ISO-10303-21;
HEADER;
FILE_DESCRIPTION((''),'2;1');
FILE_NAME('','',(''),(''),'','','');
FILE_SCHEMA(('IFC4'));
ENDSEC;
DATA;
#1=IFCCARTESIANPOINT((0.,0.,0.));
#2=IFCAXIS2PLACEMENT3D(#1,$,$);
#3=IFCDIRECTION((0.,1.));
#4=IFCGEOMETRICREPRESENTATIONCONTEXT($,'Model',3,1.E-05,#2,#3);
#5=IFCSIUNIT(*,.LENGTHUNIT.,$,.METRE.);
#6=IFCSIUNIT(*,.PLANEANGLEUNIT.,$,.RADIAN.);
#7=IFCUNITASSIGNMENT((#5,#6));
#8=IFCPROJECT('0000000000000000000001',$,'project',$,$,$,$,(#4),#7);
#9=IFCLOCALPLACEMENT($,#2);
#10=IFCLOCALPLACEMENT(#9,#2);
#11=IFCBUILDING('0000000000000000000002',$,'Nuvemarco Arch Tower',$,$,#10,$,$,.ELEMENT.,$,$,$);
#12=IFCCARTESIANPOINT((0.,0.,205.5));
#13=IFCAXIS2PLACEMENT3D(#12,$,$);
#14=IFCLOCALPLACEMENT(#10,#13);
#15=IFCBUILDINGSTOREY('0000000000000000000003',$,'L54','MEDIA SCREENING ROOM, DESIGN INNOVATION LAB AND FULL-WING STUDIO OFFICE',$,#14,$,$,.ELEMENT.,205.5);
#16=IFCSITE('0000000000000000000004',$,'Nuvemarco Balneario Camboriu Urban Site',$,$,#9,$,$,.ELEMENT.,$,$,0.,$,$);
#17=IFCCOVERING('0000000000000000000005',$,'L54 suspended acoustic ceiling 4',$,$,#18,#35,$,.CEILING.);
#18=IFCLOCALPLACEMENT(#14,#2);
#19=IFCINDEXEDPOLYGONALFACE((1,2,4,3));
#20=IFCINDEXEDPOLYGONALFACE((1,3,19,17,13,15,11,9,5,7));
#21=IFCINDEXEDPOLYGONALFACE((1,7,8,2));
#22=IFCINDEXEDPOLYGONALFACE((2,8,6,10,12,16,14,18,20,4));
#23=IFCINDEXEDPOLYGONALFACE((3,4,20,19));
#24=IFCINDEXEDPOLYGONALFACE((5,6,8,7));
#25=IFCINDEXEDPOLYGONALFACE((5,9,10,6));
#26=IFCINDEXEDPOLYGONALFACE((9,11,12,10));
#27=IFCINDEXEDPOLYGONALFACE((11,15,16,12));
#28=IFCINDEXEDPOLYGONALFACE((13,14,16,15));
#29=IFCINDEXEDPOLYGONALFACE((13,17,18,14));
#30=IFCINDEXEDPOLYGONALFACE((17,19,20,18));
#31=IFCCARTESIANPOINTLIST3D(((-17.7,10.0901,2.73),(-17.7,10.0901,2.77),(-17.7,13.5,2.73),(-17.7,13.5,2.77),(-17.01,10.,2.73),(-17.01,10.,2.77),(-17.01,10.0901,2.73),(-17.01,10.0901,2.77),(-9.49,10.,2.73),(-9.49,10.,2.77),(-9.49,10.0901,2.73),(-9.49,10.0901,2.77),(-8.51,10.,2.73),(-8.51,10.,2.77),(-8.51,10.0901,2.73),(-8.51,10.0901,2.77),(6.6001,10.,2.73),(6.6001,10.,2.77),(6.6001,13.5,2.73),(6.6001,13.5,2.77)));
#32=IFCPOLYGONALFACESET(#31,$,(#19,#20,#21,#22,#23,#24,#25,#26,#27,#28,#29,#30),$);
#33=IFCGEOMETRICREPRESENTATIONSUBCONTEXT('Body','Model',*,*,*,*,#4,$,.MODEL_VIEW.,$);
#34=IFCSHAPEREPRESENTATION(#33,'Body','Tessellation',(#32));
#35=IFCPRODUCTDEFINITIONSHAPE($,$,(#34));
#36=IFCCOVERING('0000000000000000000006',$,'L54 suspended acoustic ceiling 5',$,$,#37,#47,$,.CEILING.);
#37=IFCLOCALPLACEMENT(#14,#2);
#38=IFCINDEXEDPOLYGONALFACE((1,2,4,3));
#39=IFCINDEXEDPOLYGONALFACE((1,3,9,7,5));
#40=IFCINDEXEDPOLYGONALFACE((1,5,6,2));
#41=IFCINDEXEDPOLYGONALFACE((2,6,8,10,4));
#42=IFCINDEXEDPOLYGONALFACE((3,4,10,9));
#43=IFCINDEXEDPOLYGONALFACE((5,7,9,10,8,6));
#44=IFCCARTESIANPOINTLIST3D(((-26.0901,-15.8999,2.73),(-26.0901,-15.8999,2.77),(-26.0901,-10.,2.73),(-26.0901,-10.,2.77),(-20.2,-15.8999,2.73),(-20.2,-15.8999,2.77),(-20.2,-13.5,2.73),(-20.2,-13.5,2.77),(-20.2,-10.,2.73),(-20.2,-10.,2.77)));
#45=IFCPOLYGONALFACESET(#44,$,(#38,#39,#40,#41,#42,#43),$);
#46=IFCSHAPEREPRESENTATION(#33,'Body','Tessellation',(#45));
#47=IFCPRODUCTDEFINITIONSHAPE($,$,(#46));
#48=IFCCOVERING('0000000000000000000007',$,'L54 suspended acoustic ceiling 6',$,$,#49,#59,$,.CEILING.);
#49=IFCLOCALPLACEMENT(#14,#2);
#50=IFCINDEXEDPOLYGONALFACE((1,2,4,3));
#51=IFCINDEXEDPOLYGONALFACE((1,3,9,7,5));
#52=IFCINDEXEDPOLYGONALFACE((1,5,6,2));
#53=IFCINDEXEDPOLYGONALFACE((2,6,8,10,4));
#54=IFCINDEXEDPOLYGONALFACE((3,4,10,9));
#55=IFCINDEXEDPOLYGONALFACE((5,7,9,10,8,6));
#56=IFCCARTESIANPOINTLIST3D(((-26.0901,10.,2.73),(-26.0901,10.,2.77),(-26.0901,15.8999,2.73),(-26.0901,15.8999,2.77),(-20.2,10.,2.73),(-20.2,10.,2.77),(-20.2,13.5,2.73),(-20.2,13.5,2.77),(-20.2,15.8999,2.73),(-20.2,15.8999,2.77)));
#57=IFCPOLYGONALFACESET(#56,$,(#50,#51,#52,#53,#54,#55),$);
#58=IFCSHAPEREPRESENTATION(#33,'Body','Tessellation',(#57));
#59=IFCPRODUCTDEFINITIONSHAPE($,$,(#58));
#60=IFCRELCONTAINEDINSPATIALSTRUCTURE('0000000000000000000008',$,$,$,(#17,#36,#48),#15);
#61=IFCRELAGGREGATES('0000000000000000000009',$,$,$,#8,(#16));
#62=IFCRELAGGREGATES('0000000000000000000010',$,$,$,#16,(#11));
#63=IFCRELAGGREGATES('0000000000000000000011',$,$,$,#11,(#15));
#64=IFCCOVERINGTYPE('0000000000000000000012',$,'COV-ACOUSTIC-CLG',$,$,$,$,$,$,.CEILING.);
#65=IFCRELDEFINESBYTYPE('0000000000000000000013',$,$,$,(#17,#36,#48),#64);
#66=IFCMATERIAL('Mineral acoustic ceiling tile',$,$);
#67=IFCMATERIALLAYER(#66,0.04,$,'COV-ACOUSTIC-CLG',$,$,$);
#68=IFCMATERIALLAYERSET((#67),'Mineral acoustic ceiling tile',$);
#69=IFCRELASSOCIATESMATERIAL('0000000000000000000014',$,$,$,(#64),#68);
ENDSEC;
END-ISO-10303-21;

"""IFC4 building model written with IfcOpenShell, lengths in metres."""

from ifc_helpers import new_model, si_unit, direction, frame, origin, place, context, subcontext, project, spatial, polyline, outline, extrude, material, layer, layer_set, type_object, element, save


model = new_model("IFC4")

# Units and contexts
model_context = context("Model", 3, precision=1e-05, world=origin(), true_north=direction((0.0, 1.0)))
body_context = subcontext(model_context, "Body", "Model", "MODEL_VIEW")
ifc_project = project(units=[si_unit("LENGTHUNIT", "METRE"), si_unit("PLANEANGLEUNIT", "RADIAN")], contexts=[model_context])

# Site, building, storey
site_placement = place(None, origin())
site = spatial("IfcSite", under=ifc_project, at=site_placement, Name="Nuvemarco Balneario Camboriu Urban Site", CompositionType="ELEMENT", RefElevation=0.0)
building_placement = place(site_placement, origin())
building = spatial("IfcBuilding", under=site, at=building_placement, Name="Nuvemarco Arch Tower", CompositionType="ELEMENT")
storey_placement = place(building_placement, frame((0.0, 0.0, 205.5)))
storey = spatial("IfcBuildingStorey", under=building, at=storey_placement, Name="L54", Description="MEDIA SCREENING ROOM, DESIGN INNOVATION LAB AND FULL-WING STUDIO OFFICE", CompositionType="ELEMENT", Elevation=205.5)

# Coverings
ifc_material_1 = material(Name="Mineral acoustic ceiling tile")
ifc_layer_1 = layer(ifc_material_1, 0.04, Name="COV-ACOUSTIC-CLG")
ifc_layer_set_1 = layer_set([ifc_layer_1], Name="Mineral acoustic ceiling tile")
covering_type = type_object("IfcCoveringType", Name="COV-ACOUSTIC-CLG", PredefinedType="CEILING", material=ifc_layer_set_1)
covering_1_placement = place(storey_placement, frame((0.0, 0.0, 2.73)))
element("IfcCovering", 1, at=covering_1_placement, inside=storey, type_object=covering_type, Name="L54 suspended acoustic ceiling 4", PredefinedType="CEILING", context=body_context, shape_type="SweptSolid", body=[
    extrude(outline(polyline([(6.6001, 13.5), (6.6001, 10.0), (-8.51, 10.0), (-8.51, 10.0901), (-9.49, 10.0901), (-9.49, 10.0), (-17.01, 10.0), (-17.01, 10.0901), (-17.7, 10.0901), (-17.7, 13.5), (6.6001, 13.5)])), origin(), (0.0, 0.0, 1.0), 0.04),
])
covering_2_placement = place(storey_placement, frame((0.0, 0.0, 2.73)))
element("IfcCovering", 2, at=covering_2_placement, inside=storey, type_object=covering_type, Name="L54 suspended acoustic ceiling 5", PredefinedType="CEILING", context=body_context, shape_type="SweptSolid", body=[
    extrude(outline(polyline([(-20.2, -15.8999), (-26.0901, -15.8999), (-26.0901, -10.0), (-20.2, -10.0), (-20.2, -13.5), (-20.2, -15.8999)])), origin(), (0.0, 0.0, 1.0), 0.04),
])
covering_3_placement = place(storey_placement, frame((0.0, 0.0, 2.73)))
element("IfcCovering", 3, at=covering_3_placement, inside=storey, type_object=covering_type, Name="L54 suspended acoustic ceiling 6", PredefinedType="CEILING", context=body_context, shape_type="SweptSolid", body=[
    extrude(outline(polyline([(-20.2, 10.0), (-26.0901, 10.0), (-26.0901, 15.8999), (-20.2, 15.8999), (-20.2, 13.5), (-20.2, 10.0)])), origin(), (0.0, 0.0, 1.0), 0.04),
])

save(model, "model.ifc")
